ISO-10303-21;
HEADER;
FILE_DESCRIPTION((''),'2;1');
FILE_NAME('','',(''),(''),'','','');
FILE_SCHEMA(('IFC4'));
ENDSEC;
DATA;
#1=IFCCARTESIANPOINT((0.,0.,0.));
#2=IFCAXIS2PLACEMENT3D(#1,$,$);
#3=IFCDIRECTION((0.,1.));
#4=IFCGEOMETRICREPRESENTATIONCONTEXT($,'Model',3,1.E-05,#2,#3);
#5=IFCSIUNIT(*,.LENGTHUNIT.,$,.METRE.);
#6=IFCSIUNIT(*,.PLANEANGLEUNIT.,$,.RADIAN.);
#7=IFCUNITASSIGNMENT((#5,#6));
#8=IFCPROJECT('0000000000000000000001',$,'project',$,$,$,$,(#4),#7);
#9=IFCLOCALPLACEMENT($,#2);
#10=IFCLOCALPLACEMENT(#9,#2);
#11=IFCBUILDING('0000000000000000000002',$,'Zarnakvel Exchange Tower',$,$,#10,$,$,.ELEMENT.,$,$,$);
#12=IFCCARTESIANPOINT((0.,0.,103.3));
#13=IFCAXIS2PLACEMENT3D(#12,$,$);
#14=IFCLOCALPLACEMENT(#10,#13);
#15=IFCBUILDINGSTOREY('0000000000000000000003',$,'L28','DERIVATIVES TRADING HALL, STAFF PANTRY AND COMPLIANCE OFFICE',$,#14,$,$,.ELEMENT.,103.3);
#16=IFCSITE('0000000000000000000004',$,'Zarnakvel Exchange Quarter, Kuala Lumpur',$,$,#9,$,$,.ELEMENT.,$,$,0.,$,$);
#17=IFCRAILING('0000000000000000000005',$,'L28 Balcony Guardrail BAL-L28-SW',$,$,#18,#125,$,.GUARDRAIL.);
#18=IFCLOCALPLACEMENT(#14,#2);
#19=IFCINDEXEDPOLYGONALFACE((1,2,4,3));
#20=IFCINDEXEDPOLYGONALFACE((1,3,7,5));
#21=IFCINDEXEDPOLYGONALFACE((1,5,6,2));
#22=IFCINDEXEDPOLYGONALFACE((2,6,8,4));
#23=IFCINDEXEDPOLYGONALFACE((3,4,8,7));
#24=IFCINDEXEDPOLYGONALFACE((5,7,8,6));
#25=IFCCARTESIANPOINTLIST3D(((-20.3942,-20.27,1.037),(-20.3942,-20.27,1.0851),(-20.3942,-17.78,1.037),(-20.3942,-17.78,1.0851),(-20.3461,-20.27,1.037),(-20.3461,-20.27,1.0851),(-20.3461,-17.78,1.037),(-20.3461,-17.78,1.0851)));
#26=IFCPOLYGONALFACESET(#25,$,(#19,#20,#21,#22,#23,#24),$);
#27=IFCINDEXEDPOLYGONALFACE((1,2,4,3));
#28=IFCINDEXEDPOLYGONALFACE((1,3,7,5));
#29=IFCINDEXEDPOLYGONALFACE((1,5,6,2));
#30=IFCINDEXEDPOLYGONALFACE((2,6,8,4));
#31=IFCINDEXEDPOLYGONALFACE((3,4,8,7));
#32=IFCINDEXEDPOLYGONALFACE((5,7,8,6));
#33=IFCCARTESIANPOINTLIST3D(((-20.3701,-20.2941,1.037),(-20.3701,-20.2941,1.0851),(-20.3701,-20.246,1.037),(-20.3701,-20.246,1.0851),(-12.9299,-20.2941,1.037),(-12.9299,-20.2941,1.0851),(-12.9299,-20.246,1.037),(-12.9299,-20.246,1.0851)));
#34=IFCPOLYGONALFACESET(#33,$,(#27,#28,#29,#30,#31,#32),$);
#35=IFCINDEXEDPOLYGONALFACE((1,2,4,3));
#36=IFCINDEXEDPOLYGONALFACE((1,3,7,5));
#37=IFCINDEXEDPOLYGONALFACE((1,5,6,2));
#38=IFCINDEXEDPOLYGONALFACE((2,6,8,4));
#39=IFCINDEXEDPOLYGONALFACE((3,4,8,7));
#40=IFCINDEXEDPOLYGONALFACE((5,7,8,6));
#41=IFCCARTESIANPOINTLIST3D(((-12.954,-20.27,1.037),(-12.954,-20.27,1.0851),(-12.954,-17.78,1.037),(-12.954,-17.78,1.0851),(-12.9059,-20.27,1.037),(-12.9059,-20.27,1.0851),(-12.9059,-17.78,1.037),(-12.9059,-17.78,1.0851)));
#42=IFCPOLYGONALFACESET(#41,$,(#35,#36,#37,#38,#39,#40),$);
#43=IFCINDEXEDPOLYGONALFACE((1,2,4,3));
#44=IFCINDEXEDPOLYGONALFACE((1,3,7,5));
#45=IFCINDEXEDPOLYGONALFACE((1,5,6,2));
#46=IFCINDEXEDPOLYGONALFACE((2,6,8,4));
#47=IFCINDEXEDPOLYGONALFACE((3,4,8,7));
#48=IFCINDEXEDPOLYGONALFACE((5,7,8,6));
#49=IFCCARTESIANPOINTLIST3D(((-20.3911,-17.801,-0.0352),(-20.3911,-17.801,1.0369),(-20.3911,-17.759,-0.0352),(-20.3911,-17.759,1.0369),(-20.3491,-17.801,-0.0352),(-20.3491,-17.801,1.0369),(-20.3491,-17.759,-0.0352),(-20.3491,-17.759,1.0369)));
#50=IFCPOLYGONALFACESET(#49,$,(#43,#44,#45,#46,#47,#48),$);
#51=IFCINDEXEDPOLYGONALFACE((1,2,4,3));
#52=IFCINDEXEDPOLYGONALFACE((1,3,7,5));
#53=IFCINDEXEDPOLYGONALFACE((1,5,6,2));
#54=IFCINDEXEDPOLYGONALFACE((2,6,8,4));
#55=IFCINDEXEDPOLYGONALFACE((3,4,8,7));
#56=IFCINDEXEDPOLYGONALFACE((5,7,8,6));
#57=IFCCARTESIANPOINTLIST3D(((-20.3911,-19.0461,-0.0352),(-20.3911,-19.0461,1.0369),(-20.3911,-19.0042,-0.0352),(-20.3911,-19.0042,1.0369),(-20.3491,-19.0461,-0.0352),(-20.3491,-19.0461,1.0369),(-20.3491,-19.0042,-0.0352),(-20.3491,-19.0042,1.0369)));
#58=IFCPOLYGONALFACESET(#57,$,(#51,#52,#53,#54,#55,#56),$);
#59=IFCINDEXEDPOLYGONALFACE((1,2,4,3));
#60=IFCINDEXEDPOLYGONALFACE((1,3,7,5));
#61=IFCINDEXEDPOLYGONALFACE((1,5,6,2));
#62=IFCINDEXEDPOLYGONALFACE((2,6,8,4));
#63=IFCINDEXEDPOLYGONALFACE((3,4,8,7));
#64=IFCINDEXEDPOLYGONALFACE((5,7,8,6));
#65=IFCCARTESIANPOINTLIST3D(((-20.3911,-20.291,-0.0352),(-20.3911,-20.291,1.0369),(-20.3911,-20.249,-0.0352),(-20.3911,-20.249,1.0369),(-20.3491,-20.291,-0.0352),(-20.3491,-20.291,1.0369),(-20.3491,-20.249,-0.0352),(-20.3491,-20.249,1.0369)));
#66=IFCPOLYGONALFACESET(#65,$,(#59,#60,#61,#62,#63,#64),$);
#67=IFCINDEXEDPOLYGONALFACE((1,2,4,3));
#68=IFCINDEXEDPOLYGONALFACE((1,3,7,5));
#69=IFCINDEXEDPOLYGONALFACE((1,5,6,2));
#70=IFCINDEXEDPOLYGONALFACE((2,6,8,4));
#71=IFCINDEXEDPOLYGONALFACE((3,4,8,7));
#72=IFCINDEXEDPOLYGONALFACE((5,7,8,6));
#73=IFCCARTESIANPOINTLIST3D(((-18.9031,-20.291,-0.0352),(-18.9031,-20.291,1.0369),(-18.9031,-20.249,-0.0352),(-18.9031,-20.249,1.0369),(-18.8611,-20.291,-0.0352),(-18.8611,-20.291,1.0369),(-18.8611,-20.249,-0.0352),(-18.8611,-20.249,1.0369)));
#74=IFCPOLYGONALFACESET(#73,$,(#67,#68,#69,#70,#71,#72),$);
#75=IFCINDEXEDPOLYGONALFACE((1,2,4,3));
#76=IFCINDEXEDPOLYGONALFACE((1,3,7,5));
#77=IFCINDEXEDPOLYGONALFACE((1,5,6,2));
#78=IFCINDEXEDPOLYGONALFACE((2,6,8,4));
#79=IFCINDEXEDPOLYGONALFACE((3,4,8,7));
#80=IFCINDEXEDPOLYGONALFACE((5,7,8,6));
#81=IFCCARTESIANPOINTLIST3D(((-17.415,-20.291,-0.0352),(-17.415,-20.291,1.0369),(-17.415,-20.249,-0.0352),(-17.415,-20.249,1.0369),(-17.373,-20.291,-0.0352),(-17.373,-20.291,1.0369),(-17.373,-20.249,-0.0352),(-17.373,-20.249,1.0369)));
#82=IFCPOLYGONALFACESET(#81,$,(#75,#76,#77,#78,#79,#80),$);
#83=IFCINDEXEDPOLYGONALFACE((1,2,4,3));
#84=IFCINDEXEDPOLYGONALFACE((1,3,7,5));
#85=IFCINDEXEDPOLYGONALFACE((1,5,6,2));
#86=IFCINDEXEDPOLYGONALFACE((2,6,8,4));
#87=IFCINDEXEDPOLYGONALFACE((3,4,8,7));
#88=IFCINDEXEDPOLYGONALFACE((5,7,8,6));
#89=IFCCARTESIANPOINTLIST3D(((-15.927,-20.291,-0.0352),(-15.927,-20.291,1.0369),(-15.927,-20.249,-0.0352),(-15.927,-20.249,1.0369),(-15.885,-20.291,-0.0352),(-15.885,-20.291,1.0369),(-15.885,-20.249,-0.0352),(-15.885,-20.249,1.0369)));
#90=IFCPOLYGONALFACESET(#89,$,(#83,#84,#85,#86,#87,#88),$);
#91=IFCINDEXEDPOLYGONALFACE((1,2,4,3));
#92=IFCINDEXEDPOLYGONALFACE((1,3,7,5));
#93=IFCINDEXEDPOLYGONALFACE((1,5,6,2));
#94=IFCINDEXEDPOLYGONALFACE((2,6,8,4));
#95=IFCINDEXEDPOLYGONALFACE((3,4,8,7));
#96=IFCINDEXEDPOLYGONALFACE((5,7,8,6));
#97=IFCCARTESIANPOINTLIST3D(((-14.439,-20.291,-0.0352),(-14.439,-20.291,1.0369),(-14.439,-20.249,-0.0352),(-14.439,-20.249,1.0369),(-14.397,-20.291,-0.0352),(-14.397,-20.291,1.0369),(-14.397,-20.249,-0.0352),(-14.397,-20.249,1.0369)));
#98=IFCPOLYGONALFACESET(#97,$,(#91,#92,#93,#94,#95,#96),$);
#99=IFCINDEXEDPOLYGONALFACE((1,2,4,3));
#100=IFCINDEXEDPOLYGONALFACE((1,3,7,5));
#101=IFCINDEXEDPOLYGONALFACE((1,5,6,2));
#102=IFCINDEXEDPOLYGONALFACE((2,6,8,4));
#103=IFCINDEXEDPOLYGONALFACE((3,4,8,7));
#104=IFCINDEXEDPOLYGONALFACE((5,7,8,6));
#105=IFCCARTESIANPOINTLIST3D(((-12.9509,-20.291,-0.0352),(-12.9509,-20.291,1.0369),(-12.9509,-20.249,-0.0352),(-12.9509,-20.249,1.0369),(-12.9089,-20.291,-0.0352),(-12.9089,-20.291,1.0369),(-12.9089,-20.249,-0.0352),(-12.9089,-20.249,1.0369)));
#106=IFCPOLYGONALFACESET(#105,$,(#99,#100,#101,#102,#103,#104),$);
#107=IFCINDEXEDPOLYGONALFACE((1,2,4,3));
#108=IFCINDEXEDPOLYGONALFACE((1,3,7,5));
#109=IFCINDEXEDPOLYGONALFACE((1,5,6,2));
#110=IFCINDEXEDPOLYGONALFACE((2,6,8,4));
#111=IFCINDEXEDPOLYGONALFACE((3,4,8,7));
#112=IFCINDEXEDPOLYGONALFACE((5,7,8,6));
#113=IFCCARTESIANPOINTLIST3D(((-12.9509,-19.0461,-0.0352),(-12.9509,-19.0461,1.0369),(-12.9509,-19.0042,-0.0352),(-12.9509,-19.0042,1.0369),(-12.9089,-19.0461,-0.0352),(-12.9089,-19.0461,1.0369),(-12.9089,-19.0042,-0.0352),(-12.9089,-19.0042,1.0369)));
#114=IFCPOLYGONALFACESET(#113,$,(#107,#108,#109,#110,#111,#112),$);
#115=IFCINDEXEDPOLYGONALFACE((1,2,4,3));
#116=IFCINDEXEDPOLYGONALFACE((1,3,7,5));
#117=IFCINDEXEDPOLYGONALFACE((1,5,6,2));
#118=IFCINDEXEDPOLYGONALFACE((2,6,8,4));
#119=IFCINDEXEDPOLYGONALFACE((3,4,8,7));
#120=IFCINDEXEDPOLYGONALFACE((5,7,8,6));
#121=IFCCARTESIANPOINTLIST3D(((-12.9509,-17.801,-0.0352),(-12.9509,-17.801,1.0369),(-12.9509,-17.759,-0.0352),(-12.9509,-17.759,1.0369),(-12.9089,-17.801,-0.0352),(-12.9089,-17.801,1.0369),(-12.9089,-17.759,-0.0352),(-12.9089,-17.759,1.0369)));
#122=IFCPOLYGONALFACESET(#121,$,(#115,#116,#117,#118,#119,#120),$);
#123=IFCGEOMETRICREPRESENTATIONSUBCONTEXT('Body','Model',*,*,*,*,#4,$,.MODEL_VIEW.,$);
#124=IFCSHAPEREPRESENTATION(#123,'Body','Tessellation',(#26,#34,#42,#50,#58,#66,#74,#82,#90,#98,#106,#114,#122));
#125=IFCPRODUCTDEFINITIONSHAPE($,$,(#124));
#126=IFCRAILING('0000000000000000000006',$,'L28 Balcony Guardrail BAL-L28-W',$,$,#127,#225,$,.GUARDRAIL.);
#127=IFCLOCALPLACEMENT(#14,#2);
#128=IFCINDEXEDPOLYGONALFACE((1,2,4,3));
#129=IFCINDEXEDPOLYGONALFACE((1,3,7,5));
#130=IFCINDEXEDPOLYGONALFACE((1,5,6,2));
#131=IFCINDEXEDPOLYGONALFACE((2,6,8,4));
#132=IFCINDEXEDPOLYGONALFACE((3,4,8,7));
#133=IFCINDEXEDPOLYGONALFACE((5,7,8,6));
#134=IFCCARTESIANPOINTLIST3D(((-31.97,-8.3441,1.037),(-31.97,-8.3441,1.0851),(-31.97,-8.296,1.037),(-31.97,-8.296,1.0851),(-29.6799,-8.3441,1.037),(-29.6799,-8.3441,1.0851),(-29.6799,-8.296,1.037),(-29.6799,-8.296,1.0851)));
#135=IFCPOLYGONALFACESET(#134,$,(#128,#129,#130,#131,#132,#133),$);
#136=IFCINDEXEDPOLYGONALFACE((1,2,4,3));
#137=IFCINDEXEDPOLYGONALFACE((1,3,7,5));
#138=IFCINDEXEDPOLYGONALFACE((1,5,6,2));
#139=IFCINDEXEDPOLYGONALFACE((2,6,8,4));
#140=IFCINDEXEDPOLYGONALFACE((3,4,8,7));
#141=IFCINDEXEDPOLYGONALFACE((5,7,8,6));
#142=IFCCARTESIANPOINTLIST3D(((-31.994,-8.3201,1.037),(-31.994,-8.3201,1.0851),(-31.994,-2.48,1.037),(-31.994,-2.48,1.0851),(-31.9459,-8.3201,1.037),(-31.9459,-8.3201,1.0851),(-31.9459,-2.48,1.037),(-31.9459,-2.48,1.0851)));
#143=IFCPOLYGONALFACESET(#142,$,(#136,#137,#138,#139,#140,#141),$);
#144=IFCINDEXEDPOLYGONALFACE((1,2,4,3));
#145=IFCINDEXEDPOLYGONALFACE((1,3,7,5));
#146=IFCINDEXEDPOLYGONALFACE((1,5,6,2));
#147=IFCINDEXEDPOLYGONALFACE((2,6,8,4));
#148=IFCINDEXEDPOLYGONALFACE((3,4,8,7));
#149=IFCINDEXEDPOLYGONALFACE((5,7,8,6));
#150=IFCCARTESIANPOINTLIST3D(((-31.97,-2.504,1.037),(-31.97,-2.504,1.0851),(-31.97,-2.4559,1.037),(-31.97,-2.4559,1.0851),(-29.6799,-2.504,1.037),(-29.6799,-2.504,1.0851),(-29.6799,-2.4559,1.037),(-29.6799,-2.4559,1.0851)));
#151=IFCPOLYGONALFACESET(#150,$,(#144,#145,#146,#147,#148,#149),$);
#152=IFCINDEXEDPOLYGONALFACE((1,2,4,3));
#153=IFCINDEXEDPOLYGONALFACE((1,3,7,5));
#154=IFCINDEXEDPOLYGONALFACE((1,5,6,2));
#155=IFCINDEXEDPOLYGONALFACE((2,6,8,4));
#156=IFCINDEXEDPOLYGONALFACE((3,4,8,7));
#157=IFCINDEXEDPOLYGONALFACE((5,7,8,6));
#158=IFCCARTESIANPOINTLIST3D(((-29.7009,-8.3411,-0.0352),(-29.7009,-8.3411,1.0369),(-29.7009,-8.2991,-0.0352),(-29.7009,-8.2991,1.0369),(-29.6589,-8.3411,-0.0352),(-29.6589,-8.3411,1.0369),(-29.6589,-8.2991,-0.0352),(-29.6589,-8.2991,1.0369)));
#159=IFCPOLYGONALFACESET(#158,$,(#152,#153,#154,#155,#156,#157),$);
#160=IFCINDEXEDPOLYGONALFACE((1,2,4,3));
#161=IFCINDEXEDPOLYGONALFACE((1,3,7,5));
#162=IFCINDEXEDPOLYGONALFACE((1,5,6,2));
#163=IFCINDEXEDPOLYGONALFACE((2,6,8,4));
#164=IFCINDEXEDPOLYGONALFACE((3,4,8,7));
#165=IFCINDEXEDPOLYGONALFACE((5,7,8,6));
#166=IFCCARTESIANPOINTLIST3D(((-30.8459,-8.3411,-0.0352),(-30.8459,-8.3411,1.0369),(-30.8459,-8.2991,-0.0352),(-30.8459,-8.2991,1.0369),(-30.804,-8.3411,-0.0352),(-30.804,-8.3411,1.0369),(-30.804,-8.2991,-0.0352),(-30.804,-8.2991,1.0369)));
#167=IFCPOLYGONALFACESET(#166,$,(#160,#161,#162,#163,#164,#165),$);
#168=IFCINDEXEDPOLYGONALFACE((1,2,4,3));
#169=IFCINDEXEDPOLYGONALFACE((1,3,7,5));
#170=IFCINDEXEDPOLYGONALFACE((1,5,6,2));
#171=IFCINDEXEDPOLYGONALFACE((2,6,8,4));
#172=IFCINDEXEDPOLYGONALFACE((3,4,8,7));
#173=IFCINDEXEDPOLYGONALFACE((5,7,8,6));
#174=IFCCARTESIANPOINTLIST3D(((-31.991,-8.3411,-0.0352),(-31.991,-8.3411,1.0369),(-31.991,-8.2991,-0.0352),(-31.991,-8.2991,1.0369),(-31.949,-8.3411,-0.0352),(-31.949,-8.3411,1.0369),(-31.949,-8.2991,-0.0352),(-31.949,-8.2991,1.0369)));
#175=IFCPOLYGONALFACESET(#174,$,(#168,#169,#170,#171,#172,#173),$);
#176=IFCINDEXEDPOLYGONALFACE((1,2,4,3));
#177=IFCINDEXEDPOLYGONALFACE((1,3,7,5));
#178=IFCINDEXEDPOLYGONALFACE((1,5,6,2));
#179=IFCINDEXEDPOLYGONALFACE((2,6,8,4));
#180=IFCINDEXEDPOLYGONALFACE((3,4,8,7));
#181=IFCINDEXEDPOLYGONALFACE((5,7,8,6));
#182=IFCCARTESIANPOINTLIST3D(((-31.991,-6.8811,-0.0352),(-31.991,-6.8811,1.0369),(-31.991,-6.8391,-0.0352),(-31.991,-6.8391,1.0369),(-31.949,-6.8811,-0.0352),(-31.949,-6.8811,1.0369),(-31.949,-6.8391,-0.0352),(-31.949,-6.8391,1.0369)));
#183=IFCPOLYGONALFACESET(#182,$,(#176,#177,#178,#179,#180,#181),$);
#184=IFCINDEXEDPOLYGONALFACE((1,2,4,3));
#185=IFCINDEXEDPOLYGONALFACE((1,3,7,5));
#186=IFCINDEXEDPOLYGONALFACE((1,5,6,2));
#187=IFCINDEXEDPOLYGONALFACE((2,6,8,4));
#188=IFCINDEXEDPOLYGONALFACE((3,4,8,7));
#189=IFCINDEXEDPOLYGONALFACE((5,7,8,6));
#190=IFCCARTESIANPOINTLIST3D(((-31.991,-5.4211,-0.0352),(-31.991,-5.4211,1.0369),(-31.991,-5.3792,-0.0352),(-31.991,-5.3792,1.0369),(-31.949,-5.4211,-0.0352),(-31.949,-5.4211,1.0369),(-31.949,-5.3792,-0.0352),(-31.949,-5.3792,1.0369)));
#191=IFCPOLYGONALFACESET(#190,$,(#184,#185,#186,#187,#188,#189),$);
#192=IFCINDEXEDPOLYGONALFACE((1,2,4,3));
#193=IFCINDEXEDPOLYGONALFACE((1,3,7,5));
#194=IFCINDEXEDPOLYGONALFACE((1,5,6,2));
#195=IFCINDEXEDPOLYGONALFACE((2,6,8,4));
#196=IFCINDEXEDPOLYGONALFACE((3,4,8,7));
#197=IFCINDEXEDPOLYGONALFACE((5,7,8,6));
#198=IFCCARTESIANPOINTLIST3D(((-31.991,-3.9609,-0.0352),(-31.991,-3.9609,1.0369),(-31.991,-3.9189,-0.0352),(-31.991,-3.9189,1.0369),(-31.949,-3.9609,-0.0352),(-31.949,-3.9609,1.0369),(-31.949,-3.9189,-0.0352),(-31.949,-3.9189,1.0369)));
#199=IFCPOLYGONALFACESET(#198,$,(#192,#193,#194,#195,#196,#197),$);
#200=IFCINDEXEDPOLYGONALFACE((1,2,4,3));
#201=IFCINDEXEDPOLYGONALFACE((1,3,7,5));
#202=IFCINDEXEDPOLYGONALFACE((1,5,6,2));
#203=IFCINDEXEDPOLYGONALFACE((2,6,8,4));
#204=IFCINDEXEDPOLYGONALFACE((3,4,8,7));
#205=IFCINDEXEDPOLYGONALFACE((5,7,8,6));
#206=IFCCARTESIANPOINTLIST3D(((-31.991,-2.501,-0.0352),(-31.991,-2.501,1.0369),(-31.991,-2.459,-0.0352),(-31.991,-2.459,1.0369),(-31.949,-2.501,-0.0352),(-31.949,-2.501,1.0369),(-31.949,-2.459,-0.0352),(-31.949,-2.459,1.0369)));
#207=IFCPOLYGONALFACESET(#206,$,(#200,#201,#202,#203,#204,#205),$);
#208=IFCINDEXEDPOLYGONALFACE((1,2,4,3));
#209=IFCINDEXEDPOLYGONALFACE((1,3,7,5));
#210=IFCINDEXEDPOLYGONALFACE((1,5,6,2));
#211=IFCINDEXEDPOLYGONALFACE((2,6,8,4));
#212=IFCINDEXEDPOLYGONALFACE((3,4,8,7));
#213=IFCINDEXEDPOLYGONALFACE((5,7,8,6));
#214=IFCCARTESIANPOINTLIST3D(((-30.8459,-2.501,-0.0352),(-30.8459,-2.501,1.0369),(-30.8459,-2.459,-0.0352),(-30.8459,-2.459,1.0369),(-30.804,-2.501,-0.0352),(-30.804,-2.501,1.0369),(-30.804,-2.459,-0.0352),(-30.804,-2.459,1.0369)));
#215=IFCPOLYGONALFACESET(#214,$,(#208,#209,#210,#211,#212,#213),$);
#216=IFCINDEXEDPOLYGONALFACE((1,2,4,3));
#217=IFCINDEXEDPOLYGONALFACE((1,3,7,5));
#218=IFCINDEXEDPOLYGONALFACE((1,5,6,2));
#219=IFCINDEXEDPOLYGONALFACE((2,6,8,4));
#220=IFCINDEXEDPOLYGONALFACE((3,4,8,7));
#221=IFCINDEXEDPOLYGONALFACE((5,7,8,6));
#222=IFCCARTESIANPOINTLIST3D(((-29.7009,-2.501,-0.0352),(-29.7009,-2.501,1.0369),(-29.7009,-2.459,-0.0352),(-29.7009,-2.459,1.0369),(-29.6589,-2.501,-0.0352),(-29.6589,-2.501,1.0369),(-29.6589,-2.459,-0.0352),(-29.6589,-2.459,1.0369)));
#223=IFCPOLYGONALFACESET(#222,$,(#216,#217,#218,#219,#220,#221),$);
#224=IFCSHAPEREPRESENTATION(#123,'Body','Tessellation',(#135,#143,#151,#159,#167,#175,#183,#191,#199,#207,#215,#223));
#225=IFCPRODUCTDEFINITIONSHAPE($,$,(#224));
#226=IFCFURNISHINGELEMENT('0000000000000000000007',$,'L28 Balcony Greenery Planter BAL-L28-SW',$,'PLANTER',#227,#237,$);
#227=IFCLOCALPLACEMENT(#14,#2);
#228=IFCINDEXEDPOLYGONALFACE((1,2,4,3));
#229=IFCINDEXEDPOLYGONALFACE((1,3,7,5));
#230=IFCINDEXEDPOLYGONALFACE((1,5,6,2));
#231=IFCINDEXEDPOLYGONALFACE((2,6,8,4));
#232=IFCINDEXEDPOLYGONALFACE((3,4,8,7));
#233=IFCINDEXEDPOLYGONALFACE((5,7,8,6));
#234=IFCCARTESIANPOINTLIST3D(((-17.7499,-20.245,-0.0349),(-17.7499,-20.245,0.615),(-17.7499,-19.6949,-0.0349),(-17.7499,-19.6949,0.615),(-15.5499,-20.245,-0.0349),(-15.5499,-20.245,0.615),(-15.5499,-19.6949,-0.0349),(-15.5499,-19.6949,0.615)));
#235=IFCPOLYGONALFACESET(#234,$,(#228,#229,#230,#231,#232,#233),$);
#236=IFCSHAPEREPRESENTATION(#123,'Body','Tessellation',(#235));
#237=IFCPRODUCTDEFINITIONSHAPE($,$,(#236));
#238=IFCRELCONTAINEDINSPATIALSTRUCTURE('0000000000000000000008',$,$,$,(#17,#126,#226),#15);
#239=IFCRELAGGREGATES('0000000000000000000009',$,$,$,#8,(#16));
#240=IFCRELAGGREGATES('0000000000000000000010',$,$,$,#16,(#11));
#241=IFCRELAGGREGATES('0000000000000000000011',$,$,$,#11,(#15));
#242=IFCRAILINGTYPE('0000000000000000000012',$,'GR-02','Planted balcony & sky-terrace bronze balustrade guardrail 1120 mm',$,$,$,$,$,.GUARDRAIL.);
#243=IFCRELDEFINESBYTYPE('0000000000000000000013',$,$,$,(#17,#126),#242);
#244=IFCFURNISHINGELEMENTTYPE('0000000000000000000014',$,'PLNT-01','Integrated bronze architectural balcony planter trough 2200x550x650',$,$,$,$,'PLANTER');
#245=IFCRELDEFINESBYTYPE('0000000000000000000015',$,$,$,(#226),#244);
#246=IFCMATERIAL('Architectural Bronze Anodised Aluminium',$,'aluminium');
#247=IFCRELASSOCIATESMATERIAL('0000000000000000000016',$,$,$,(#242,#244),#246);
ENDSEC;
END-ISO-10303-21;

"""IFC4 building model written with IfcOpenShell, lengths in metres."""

from ifc_helpers import new_model, si_unit, direction, frame, origin, origin_2d, place, context, subcontext, project, spatial, rectangle, extrude, source, transform, mapped, material, type_object, element, save


model = new_model("IFC4")

# Units and contexts
model_context = context("Model", 3, precision=1e-05, world=origin(), true_north=direction((0.0, 1.0)))
body_context = subcontext(model_context, "Body", "Model", "MODEL_VIEW")
ifc_project = project(units=[si_unit("LENGTHUNIT", "METRE"), si_unit("PLANEANGLEUNIT", "RADIAN")], contexts=[model_context])

# Site, building, storey
site_placement = place(None, origin())
site = spatial("IfcSite", under=ifc_project, at=site_placement, Name="Zarnakvel Exchange Quarter, Kuala Lumpur", CompositionType="ELEMENT", RefElevation=0.0)
building_placement = place(site_placement, origin())
building = spatial("IfcBuilding", under=site, at=building_placement, Name="Zarnakvel Exchange Tower", CompositionType="ELEMENT")
storey_placement = place(building_placement, frame((0.0, 0.0, 103.3)))
storey = spatial("IfcBuildingStorey", under=building, at=storey_placement, Name="L28", Description="DERIVATIVES TRADING HALL, STAFF PANTRY AND COMPLIANCE OFFICE", CompositionType="ELEMENT", Elevation=103.3)

# Shared definitions
ifc_material_1 = material(Name="Architectural Bronze Anodised Aluminium", Category="aluminium")

# Railings
railing_type = type_object("IfcRailingType", Name="GR-02", Description="Planted balcony & sky-terrace bronze balustrade guardrail 1120 mm", PredefinedType="GUARDRAIL", material=ifc_material_1)
railing_1_placement = place(storey_placement, frame((-20.3701, -17.78, -0.0352)))
element("IfcRailing", 1, at=railing_1_placement, inside=storey, type_object=railing_type, Name="L28 Balcony Guardrail BAL-L28-SW", PredefinedType="GUARDRAIL", context=body_context, shape_type="SweptSolid", body=[
    extrude(rectangle(XDim=0.0481, YDim=0.0481, at=origin_2d()), frame((0.0, 0.0, 1.0962), z_axis=(0.0, -1.0, 0.0), x_axis=(1.0, 0.0, 0.0)), (0.0, 0.0, 1.0), 2.49),
    extrude(rectangle(XDim=0.0481, YDim=0.0481, at=origin_2d()), frame((0.0, -2.49, 1.0962), z_axis=(1.0, 0.0, 0.0), x_axis=(0.0, 1.0, 0.0)), (0.0, 0.0, 1.0), 7.4402),
    extrude(rectangle(XDim=0.0481, YDim=0.0481, at=origin_2d()), frame((7.4402, -2.49, 1.0962), z_axis=(0.0, 1.0, 0.0), x_axis=(-1.0, 0.0, 0.0)), (0.0, 0.0, 1.0), 2.49),
    extrude(rectangle(XDim=0.042, YDim=0.042, at=origin_2d()), origin(), (0.0, 0.0, 1.0), 1.072),
    extrude(rectangle(XDim=0.042, YDim=0.042, at=origin_2d()), frame((0.0, -1.2451, 0.0)), (0.0, 0.0, 1.0), 1.072),
    extrude(rectangle(XDim=0.042, YDim=0.042, at=origin_2d()), frame((0.0, -2.49, 0.0)), (0.0, 0.0, 1.0), 1.072),
    extrude(rectangle(XDim=0.042, YDim=0.042, at=origin_2d()), frame((1.488, -2.49, 0.0)), (0.0, 0.0, 1.0), 1.072),
    extrude(rectangle(XDim=0.042, YDim=0.042, at=origin_2d()), frame((2.9761, -2.49, 0.0)), (0.0, 0.0, 1.0), 1.072),
    extrude(rectangle(XDim=0.042, YDim=0.042, at=origin_2d()), frame((4.4641, -2.49, 0.0)), (0.0, 0.0, 1.0), 1.072),
    extrude(rectangle(XDim=0.042, YDim=0.042, at=origin_2d()), frame((5.9521, -2.49, 0.0)), (0.0, 0.0, 1.0), 1.072),
    extrude(rectangle(XDim=0.042, YDim=0.042, at=origin_2d()), frame((7.4402, -2.49, 0.0)), (0.0, 0.0, 1.0), 1.072),
    extrude(rectangle(XDim=0.042, YDim=0.042, at=origin_2d()), frame((7.4402, -1.2451, 0.0)), (0.0, 0.0, 1.0), 1.072),
    extrude(rectangle(XDim=0.042, YDim=0.042, at=origin_2d()), frame((7.4402, 0.0, 0.0)), (0.0, 0.0, 1.0), 1.072),
])
railing_2_placement = place(storey_placement, frame((-29.6799, -8.3201, -0.0352)))
element("IfcRailing", 2, at=railing_2_placement, inside=storey, type_object=railing_type, Name="L28 Balcony Guardrail BAL-L28-W", PredefinedType="GUARDRAIL", context=body_context, shape_type="SweptSolid", body=[
    extrude(rectangle(XDim=0.0481, YDim=0.0481, at=origin_2d()), frame((0.0, 0.0, 1.0962), z_axis=(-1.0, 0.0, 0.0), x_axis=(0.0, -1.0, 0.0)), (0.0, 0.0, 1.0), 2.29),
    extrude(rectangle(XDim=0.0481, YDim=0.0481, at=origin_2d()), frame((-2.29, 0.0, 1.0962), z_axis=(0.0, 1.0, 0.0), x_axis=(-1.0, 0.0, 0.0)), (0.0, 0.0, 1.0), 5.8401),
    extrude(rectangle(XDim=0.0481, YDim=0.0481, at=origin_2d()), frame((-2.29, 5.8401, 1.0962), z_axis=(1.0, 0.0, 0.0), x_axis=(0.0, 1.0, 0.0)), (0.0, 0.0, 1.0), 2.29),
    extrude(rectangle(XDim=0.042, YDim=0.042, at=origin_2d()), origin(), (0.0, 0.0, 1.0), 1.072),
    extrude(rectangle(XDim=0.042, YDim=0.042, at=origin_2d()), frame((-1.145, 0.0, 0.0)), (0.0, 0.0, 1.0), 1.072),
    extrude(rectangle(XDim=0.042, YDim=0.042, at=origin_2d()), frame((-2.29, 0.0, 0.0)), (0.0, 0.0, 1.0), 1.072),
    extrude(rectangle(XDim=0.042, YDim=0.042, at=origin_2d()), frame((-2.29, 1.46, 0.0)), (0.0, 0.0, 1.0), 1.072),
    extrude(rectangle(XDim=0.042, YDim=0.042, at=origin_2d()), frame((-2.29, 2.9199, 0.0)), (0.0, 0.0, 1.0), 1.072),
    extrude(rectangle(XDim=0.042, YDim=0.042, at=origin_2d()), frame((-2.29, 4.3801, 0.0)), (0.0, 0.0, 1.0), 1.072),
    extrude(rectangle(XDim=0.042, YDim=0.042, at=origin_2d()), frame((-2.29, 5.8401, 0.0)), (0.0, 0.0, 1.0), 1.072),
    extrude(rectangle(XDim=0.042, YDim=0.042, at=origin_2d()), frame((-1.145, 5.8401, 0.0)), (0.0, 0.0, 1.0), 1.072),
    extrude(rectangle(XDim=0.042, YDim=0.042, at=origin_2d()), frame((0.0, 5.8401, 0.0)), (0.0, 0.0, 1.0), 1.072),
])

# Furnishing element
furnishing_element_type = type_object("IfcFurnishingElementType", Name="PLNT-01", Description="Integrated bronze architectural balcony planter trough 2200x550x650", ElementType="PLANTER", material=ifc_material_1)
shared_shape_1 = source(origin(), body_context, "Body", "SweptSolid", [
    extrude(rectangle(XDim=2.2, YDim=0.55, at=origin_2d()), origin(), (0.0, 0.0, 1.0), 0.6499),
])
furnishing_placement = place(storey_placement, frame((-16.6499, -19.97, -0.0349), z_axis=(0.0, 0.0, 1.0), x_axis=(1.0, 0.0, 0.0)))
element("IfcFurnishingElement", 3, at=furnishing_placement, inside=storey, type_object=furnishing_element_type, Name="L28 Balcony Greenery Planter BAL-L28-SW", ObjectType="PLANTER", context=body_context, shape_type="MappedRepresentation", body=[
    mapped(shared_shape_1, transform((0.0, 0.0, 0.0), x_axis=(1.0, 0.0, 0.0), y_axis=(0.0, 1.0, 0.0), z_axis=(0.0, 0.0, 1.0), scale=1.0)),
])

save(model, "model.ifc")
